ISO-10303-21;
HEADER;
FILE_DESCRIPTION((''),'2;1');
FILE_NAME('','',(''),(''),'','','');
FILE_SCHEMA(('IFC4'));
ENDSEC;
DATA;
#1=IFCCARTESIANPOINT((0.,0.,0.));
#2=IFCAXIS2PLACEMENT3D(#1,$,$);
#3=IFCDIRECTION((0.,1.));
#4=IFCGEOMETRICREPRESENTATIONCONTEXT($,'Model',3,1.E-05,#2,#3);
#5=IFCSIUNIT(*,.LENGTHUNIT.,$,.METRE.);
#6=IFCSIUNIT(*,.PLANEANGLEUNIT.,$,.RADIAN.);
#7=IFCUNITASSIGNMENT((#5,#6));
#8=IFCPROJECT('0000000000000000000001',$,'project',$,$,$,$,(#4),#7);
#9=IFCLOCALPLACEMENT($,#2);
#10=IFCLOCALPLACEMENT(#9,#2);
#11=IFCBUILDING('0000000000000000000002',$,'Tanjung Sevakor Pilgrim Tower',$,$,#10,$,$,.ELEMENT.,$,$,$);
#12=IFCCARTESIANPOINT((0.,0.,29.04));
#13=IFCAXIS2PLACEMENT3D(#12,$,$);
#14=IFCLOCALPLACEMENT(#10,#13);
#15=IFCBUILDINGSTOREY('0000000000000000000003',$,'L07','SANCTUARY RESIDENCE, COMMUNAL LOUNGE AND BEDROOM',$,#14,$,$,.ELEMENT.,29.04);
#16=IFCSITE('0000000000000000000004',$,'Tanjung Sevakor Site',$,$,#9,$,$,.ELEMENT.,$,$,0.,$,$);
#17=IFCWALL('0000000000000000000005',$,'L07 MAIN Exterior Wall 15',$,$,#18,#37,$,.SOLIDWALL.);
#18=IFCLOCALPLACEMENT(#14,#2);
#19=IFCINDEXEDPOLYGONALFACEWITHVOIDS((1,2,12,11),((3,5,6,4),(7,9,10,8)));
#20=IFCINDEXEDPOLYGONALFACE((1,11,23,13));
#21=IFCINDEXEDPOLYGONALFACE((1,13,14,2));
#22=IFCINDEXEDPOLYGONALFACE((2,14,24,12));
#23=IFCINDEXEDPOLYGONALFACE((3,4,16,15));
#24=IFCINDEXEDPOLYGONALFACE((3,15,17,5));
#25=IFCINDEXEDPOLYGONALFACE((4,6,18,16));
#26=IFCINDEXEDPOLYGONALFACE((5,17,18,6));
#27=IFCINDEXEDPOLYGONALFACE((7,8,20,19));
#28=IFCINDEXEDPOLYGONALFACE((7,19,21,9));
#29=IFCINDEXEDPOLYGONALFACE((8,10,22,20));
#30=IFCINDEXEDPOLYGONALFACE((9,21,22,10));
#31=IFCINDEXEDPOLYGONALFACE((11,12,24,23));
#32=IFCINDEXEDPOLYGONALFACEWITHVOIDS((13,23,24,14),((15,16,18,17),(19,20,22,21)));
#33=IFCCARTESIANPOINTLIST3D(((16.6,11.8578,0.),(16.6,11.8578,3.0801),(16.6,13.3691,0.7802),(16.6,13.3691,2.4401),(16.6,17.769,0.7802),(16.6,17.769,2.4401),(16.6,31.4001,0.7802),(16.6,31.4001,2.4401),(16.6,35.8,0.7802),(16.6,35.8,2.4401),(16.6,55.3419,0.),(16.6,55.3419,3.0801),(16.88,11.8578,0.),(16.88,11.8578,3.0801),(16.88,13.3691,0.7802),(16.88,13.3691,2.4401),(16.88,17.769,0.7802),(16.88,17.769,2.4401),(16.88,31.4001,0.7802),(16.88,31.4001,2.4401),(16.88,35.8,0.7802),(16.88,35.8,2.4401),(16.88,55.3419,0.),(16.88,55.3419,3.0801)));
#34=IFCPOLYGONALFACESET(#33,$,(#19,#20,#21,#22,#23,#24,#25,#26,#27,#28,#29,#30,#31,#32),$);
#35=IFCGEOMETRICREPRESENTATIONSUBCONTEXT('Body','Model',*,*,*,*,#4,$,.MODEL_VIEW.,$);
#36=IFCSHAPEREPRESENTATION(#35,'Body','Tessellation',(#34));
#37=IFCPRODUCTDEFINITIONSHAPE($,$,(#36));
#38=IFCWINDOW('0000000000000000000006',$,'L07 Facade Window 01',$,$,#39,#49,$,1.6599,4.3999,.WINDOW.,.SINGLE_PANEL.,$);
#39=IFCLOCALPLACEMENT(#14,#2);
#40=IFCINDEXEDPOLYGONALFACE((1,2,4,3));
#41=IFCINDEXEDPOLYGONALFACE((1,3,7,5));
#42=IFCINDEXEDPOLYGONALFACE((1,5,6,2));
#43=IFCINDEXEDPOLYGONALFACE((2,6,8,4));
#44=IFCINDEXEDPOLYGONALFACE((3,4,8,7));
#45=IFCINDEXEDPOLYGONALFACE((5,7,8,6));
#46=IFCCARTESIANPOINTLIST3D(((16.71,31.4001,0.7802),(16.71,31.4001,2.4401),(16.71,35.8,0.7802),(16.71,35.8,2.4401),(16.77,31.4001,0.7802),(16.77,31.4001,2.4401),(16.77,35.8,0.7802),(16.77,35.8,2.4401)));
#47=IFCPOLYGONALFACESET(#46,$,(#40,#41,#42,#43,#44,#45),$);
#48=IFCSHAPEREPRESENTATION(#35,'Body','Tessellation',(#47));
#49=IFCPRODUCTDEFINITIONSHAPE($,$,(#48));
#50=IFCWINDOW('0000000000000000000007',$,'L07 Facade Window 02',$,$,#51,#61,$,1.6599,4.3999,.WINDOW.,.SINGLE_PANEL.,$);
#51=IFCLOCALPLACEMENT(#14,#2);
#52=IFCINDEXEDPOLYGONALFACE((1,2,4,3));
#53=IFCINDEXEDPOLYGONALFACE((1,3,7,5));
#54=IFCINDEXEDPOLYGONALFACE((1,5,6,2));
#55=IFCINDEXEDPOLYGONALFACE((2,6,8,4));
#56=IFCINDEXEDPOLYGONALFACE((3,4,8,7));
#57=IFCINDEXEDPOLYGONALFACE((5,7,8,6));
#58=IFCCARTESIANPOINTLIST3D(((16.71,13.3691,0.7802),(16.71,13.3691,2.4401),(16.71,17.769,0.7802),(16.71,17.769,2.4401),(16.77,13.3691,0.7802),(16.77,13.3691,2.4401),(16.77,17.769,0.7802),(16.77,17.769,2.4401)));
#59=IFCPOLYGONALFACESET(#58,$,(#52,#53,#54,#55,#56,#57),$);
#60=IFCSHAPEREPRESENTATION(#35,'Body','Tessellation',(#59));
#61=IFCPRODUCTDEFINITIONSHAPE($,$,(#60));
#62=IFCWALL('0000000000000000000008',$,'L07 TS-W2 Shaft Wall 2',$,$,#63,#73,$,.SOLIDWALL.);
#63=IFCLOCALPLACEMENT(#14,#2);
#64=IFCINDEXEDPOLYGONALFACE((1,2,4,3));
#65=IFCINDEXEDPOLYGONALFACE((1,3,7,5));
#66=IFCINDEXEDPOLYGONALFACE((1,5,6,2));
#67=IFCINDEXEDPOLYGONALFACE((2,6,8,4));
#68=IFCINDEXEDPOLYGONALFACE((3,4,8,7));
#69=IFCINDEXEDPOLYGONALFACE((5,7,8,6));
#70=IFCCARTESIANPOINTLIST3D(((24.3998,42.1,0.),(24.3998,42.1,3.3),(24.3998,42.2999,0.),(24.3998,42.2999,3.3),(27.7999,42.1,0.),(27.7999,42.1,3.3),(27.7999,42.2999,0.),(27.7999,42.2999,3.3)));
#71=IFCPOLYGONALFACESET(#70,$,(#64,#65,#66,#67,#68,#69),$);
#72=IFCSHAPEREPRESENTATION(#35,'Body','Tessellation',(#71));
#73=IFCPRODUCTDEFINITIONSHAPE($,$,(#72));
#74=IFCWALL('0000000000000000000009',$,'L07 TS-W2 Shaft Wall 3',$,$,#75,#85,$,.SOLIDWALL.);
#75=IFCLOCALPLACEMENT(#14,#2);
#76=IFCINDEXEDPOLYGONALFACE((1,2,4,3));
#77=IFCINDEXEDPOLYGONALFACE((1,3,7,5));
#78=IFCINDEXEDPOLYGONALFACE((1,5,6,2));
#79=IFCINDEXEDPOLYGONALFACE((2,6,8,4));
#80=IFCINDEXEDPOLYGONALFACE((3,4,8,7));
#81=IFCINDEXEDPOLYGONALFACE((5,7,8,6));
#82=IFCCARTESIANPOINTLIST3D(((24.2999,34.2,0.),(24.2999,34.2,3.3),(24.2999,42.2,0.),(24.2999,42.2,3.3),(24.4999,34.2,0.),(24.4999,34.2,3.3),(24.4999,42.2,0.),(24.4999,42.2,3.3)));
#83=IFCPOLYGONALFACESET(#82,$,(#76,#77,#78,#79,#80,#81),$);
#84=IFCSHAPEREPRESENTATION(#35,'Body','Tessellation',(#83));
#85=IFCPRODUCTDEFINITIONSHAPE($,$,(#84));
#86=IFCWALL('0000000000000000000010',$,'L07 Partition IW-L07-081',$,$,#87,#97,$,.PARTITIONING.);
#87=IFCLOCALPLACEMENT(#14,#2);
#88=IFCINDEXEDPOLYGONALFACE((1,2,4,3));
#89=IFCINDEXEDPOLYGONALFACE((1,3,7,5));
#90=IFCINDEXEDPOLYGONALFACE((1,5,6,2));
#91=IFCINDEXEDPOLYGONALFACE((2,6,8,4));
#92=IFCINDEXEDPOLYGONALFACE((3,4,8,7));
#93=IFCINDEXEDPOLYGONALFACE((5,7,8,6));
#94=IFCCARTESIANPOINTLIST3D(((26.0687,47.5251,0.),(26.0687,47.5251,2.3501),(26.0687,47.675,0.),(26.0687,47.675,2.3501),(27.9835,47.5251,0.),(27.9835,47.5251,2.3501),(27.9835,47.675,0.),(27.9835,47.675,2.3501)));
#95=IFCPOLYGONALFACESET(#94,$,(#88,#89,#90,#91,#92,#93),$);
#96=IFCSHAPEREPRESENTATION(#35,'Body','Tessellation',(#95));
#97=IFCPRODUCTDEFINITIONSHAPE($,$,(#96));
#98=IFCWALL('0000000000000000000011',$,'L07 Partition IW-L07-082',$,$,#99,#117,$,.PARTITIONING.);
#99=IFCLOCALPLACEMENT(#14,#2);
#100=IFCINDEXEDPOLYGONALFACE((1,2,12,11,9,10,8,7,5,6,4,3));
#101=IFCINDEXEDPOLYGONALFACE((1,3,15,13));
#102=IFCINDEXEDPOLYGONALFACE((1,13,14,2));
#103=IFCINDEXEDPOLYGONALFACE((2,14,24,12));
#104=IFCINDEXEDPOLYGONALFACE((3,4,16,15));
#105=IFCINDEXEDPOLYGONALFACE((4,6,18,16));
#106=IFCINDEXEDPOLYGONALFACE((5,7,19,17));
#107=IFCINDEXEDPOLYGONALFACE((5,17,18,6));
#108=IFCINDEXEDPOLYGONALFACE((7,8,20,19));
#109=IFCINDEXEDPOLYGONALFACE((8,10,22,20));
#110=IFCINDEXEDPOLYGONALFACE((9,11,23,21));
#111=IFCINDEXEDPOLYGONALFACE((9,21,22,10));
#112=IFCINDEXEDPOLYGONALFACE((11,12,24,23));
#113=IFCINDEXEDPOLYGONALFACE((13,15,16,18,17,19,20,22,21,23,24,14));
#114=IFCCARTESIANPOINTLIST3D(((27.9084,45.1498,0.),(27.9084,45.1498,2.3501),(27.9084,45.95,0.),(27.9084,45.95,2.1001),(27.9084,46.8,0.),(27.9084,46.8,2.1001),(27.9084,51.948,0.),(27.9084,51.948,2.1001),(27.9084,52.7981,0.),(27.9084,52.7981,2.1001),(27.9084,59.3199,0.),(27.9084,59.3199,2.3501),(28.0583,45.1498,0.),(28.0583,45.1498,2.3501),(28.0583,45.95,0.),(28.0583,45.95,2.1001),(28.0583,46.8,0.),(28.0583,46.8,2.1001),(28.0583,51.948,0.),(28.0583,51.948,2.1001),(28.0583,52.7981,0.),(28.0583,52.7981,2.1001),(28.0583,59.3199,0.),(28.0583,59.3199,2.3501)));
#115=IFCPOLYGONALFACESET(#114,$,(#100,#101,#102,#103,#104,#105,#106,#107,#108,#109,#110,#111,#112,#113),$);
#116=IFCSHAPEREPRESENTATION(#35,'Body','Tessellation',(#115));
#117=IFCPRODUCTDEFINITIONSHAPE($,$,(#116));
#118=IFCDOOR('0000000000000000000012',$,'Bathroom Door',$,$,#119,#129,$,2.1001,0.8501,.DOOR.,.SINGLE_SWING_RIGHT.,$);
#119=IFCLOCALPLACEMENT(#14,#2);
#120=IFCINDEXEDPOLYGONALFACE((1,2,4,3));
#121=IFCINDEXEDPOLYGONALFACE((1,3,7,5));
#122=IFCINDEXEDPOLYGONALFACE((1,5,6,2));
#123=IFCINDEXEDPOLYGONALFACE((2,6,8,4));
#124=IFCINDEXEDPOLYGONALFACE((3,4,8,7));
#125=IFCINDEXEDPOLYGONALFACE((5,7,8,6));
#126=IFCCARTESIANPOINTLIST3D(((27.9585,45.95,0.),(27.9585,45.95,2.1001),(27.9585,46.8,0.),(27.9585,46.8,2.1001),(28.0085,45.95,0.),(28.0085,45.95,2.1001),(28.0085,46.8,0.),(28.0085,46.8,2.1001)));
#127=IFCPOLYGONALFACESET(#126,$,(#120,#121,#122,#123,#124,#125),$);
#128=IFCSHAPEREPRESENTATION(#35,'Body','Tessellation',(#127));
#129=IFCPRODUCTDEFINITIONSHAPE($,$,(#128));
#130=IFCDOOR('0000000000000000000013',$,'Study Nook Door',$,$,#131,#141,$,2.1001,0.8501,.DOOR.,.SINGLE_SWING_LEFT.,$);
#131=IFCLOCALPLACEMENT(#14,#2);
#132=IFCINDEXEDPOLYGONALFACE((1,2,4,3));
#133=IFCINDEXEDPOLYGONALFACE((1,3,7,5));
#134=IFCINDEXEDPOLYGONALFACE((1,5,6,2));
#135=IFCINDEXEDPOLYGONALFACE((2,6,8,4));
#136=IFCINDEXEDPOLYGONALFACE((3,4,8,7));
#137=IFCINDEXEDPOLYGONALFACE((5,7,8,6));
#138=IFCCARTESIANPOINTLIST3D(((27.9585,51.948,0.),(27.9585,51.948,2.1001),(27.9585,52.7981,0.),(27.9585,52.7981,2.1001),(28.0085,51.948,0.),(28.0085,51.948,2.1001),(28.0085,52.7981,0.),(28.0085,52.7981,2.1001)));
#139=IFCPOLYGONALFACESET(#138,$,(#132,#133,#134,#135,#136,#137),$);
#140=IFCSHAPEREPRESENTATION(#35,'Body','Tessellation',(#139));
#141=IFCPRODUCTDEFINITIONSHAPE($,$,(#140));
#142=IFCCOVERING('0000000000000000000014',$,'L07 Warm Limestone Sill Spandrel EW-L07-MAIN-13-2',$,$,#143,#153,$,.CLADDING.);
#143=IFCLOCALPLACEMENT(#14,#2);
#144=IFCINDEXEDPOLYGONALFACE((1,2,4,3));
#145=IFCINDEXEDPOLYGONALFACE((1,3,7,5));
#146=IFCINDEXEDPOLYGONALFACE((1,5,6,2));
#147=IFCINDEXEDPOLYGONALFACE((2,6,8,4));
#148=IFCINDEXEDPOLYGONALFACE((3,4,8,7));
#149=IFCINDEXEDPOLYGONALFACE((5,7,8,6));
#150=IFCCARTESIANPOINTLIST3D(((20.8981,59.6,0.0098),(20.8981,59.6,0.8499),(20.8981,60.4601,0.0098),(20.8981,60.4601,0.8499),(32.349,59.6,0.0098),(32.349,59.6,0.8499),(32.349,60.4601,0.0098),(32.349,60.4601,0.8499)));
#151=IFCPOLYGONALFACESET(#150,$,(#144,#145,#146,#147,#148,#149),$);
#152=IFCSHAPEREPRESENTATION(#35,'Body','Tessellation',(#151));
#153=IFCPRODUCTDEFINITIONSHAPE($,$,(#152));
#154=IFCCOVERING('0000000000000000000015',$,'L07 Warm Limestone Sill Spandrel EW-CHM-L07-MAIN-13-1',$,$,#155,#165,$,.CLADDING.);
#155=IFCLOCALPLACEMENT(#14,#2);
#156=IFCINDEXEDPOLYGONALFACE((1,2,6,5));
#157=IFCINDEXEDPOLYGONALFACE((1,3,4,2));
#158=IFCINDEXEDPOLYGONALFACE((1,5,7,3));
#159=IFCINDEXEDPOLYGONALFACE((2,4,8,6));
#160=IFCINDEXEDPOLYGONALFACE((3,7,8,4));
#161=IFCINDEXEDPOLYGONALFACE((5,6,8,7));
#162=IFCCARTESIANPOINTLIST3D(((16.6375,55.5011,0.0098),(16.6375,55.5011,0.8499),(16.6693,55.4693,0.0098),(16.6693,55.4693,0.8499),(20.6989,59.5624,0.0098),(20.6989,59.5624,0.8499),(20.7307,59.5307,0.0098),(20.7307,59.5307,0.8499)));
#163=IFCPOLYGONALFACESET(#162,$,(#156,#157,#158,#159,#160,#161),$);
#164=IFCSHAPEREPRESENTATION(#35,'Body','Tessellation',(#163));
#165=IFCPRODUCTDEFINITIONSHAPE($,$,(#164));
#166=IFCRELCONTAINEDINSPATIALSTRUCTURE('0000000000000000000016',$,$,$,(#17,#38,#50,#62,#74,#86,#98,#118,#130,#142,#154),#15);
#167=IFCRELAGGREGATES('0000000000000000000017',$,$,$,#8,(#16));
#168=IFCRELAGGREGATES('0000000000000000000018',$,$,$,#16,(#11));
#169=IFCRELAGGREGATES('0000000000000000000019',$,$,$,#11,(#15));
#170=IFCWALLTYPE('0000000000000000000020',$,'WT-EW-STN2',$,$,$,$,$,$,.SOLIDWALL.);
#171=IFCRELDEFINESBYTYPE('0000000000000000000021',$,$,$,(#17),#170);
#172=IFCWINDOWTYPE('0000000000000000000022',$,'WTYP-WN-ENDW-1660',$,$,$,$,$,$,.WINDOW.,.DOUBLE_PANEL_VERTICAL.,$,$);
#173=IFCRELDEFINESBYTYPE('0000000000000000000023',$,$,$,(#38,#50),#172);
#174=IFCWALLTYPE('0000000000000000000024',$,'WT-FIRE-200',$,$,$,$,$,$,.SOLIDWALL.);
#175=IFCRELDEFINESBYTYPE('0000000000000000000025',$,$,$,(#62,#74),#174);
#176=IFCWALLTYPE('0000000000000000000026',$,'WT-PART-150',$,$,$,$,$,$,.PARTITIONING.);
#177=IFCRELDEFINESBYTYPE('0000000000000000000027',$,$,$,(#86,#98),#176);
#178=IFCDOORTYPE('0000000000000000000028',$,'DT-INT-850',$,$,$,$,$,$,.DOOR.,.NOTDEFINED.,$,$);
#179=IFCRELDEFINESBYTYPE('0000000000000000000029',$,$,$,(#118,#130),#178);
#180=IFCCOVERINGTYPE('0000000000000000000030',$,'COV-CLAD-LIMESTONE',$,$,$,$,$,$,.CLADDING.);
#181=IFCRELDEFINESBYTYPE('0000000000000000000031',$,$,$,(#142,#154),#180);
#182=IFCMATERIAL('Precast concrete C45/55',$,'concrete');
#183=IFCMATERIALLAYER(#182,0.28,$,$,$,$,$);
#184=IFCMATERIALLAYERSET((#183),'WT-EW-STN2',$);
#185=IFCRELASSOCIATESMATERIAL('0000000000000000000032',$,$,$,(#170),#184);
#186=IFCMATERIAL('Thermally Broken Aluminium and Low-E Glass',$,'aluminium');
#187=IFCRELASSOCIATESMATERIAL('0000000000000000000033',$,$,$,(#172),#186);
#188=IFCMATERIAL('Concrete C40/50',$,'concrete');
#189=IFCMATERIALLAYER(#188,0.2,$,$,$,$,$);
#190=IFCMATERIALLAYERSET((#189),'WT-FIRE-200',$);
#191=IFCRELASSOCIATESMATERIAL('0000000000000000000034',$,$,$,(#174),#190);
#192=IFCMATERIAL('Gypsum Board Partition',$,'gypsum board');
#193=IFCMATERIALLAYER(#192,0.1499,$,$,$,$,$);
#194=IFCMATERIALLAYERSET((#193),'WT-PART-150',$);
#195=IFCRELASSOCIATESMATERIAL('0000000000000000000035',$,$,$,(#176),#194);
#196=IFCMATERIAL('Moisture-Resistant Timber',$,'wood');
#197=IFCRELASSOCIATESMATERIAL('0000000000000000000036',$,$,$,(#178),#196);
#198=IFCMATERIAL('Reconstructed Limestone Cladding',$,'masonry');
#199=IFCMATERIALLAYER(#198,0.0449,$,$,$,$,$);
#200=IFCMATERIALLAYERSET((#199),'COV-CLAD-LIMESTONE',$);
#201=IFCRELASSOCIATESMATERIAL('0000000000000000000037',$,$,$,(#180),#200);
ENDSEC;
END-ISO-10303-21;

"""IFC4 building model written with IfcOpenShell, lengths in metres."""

from ifc_helpers import new_model, si_unit, direction, frame, frame_2d, origin, origin_2d, place, context, subcontext, project, spatial, rectangle, extrude, material, layer, layer_set, type_object, element, fill, save


model = new_model("IFC4")

# Units and contexts
model_context = context("Model", 3, precision=1e-05, world=origin(), true_north=direction((0.0, 1.0)))
body_context = subcontext(model_context, "Body", "Model", "MODEL_VIEW")
ifc_project = project(units=[si_unit("LENGTHUNIT", "METRE"), si_unit("PLANEANGLEUNIT", "RADIAN")], contexts=[model_context])

# Site, building, storey
site_placement = place(None, origin())
site = spatial("IfcSite", under=ifc_project, at=site_placement, Name="Tanjung Sevakor Site", CompositionType="ELEMENT", RefElevation=0.0)
building_placement = place(site_placement, origin())
building = spatial("IfcBuilding", under=site, at=building_placement, Name="Tanjung Sevakor Pilgrim Tower", CompositionType="ELEMENT")
storey_placement = place(building_placement, frame((0.0, 0.0, 29.04)))
storey = spatial("IfcBuildingStorey", under=building, at=storey_placement, Name="L07", Description="SANCTUARY RESIDENCE, COMMUNAL LOUNGE AND BEDROOM", CompositionType="ELEMENT", Elevation=29.04)

# Shared definitions
ifc_material_1 = material(Name="Precast concrete C45/55", Category="concrete")
ifc_layer_1 = layer(ifc_material_1, 0.28)
ifc_layer_set_1 = layer_set([ifc_layer_1], Name="WT-EW-STN2")
wall_type_1 = type_object("IfcWallType", Name="WT-EW-STN2", PredefinedType="SOLIDWALL", material=ifc_layer_set_1)

# Wall, openings, windows
wall_1_placement = place(storey_placement, frame((16.74, 55.342, 0.0), z_axis=(0.0, 0.0, 1.0), x_axis=(0.0, -1.0, 0.0)))
wall_1 = element("IfcWall", 1, at=wall_1_placement, inside=storey, type_object=wall_type_1, Name="L07 MAIN Exterior Wall 15", PredefinedType="SOLIDWALL", context=body_context, shape_type="SweptSolid", body=[
    extrude(rectangle(XDim=43.4841, YDim=0.28, at=frame_2d((21.7422, 0.0))), origin(), (0.0, 0.0, 1.0), 3.0801),
])
opening_1_placement = place(wall_1_placement, frame((19.542, 0.0, 0.78)))
opening_1 = element("IfcOpeningElement", 2, at=opening_1_placement, cuts=wall_1, PredefinedType="OPENING", context=body_context, shape_type="SweptSolid", body=[
    extrude(rectangle(XDim=4.3999, YDim=1.6599, at=frame_2d((2.2, 0.8301))), frame((0.0, 0.1499, 0.0), z_axis=(0.0, -1.0, 0.0), x_axis=(1.0, 0.0, 0.0)), (0.0, 0.0, 1.0), 0.3),
])
opening_2_placement = place(wall_1_placement, frame((37.573, 0.0, 0.78)))
opening_2 = element("IfcOpeningElement", 3, at=opening_2_placement, cuts=wall_1, PredefinedType="OPENING", context=body_context, shape_type="SweptSolid", body=[
    extrude(rectangle(XDim=4.3999, YDim=1.6599, at=frame_2d((2.2, 0.8301))), frame((0.0, 0.1499, 0.0), z_axis=(0.0, -1.0, 0.0), x_axis=(1.0, 0.0, 0.0)), (0.0, 0.0, 1.0), 0.3),
])
ifc_material_2 = material(Name="Thermally Broken Aluminium and Low-E Glass", Category="aluminium")
window_type_1 = type_object("IfcWindowType", Name="WTYP-WN-ENDW-1660", PartitioningType="DOUBLE_PANEL_VERTICAL", PredefinedType="WINDOW", material=ifc_material_2)
window_1_placement = place(opening_1_placement, origin())
window_1 = element("IfcWindow", 4, at=window_1_placement, inside=storey, type_object=window_type_1, Name="L07 Facade Window 01", OverallHeight=1.6599, OverallWidth=4.3999, PartitioningType="SINGLE_PANEL", PredefinedType="WINDOW", context=body_context, shape_type="SweptSolid", body=[
    extrude(rectangle(XDim=4.3999, YDim=1.6599, at=frame_2d((2.2, 0.8301))), frame((0.0, 0.03, 0.0), z_axis=(0.0, -1.0, 0.0), x_axis=(1.0, 0.0, 0.0)), (0.0, 0.0, 1.0), 0.0601),
])
fill(opening_1, window_1)
window_2_placement = place(opening_2_placement, origin())
window_2 = element("IfcWindow", 5, at=window_2_placement, inside=storey, type_object=window_type_1, Name="L07 Facade Window 02", OverallHeight=1.6599, OverallWidth=4.3999, PartitioningType="SINGLE_PANEL", PredefinedType="WINDOW", context=body_context, shape_type="SweptSolid", body=[
    extrude(rectangle(XDim=4.3999, YDim=1.6599, at=frame_2d((2.2, 0.8301))), frame((0.0, 0.03, 0.0), z_axis=(0.0, -1.0, 0.0), x_axis=(1.0, 0.0, 0.0)), (0.0, 0.0, 1.0), 0.0601),
])
fill(opening_2, window_2)

# Walls
ifc_material_3 = material(Name="Concrete C40/50", Category="concrete")
ifc_layer_2 = layer(ifc_material_3, 0.2)
ifc_layer_set_2 = layer_set([ifc_layer_2], Name="WT-FIRE-200")
wall_type_2 = type_object("IfcWallType", Name="WT-FIRE-200", PredefinedType="SOLIDWALL", material=ifc_layer_set_2)
wall_2_placement = place(storey_placement, frame((27.8, 42.2, 0.0), z_axis=(0.0, 0.0, 1.0), x_axis=(-1.0, 0.0, 0.0)))
element("IfcWall", 6, at=wall_2_placement, inside=storey, type_object=wall_type_2, Name="L07 TS-W2 Shaft Wall 2", PredefinedType="SOLIDWALL", context=body_context, shape_type="SweptSolid", body=[
    extrude(rectangle(XDim=3.4001, YDim=0.2, at=frame_2d((1.7002, 0.0))), origin(), (0.0, 0.0, 1.0), 3.3),
])
wall_3_placement = place(storey_placement, frame((24.3999, 42.2, 0.0), z_axis=(0.0, 0.0, 1.0), x_axis=(0.0, -1.0, 0.0)))
element("IfcWall", 7, at=wall_3_placement, inside=storey, type_object=wall_type_2, Name="L07 TS-W2 Shaft Wall 3", PredefinedType="SOLIDWALL", context=body_context, shape_type="SweptSolid", body=[
    extrude(rectangle(XDim=8.0, YDim=0.2, at=frame_2d((4.0, 0.0))), origin(), (0.0, 0.0, 1.0), 3.3),
])
ifc_material_4 = material(Name="Gypsum Board Partition", Category="gypsum board")
ifc_layer_3 = layer(ifc_material_4, 0.1499)
ifc_layer_set_3 = layer_set([ifc_layer_3], Name="WT-PART-150")
wall_type_3 = type_object("IfcWallType", Name="WT-PART-150", PredefinedType="PARTITIONING", material=ifc_layer_set_3)
wall_4_placement = place(storey_placement, frame((26.0686, 47.6001, 0.0), z_axis=(0.0, 0.0, 1.0), x_axis=(1.0, 0.0, 0.0)))
element("IfcWall", 8, at=wall_4_placement, inside=storey, type_object=wall_type_3, Name="L07 Partition IW-L07-081", PredefinedType="PARTITIONING", context=body_context, shape_type="SweptSolid", body=[
    extrude(rectangle(XDim=1.9148, YDim=0.1499, at=frame_2d((0.9575, 0.0))), origin(), (0.0, 0.0, 1.0), 2.3501),
])

# Wall, openings, doors
wall_5_placement = place(storey_placement, frame((27.9834, 45.1499, 0.0), z_axis=(0.0, 0.0, 1.0), x_axis=(0.0, 1.0, 0.0)))
wall_5 = element("IfcWall", 9, at=wall_5_placement, inside=storey, type_object=wall_type_3, Name="L07 Partition IW-L07-082", PredefinedType="PARTITIONING", context=body_context, shape_type="SweptSolid", body=[
    extrude(rectangle(XDim=14.1702, YDim=0.1499, at=frame_2d((7.085, 0.0))), origin(), (0.0, 0.0, 1.0), 2.3501),
])
opening_3_placement = place(wall_5_placement, frame((0.8, 0.0, 0.0)))
opening_3 = element("IfcOpeningElement", 10, at=opening_3_placement, cuts=wall_5, PredefinedType="OPENING", context=body_context, shape_type="SweptSolid", body=[
    extrude(rectangle(XDim=0.8501, YDim=2.1001, at=frame_2d((0.425, 1.05))), frame((0.0, 0.085, 0.0), z_axis=(0.0, -1.0, 0.0), x_axis=(1.0, 0.0, 0.0)), (0.0, 0.0, 1.0), 0.1699),
])
opening_4_placement = place(wall_5_placement, frame((6.7981, 0.0, 0.0)))
opening_4 = element("IfcOpeningElement", 11, at=opening_4_placement, cuts=wall_5, PredefinedType="OPENING", context=body_context, shape_type="SweptSolid", body=[
    extrude(rectangle(XDim=0.8501, YDim=2.1001, at=frame_2d((0.425, 1.05))), frame((0.0, 0.085, 0.0), z_axis=(0.0, -1.0, 0.0), x_axis=(1.0, 0.0, 0.0)), (0.0, 0.0, 1.0), 0.1699),
])
ifc_material_5 = material(Name="Moisture-Resistant Timber", Category="wood")
door_type_1 = type_object("IfcDoorType", Name="DT-INT-850", OperationType="NOTDEFINED", PredefinedType="DOOR", material=ifc_material_5)
door_1_placement = place(opening_3_placement, origin())
door_1 = element("IfcDoor", 12, at=door_1_placement, inside=storey, type_object=door_type_1, Name="Bathroom Door", OperationType="SINGLE_SWING_RIGHT", OverallHeight=2.1001, OverallWidth=0.8501, PredefinedType="DOOR", context=body_context, shape_type="SweptSolid", body=[
    extrude(rectangle(XDim=0.8501, YDim=2.1001, at=frame_2d((0.425, 1.05))), frame((0.0, 0.0249, 0.0), z_axis=(0.0, -1.0, 0.0), x_axis=(1.0, 0.0, 0.0)), (0.0, 0.0, 1.0), 0.05),
])
fill(opening_3, door_1)
door_2_placement = place(opening_4_placement, origin())
door_2 = element("IfcDoor", 13, at=door_2_placement, inside=storey, type_object=door_type_1, Name="Study Nook Door", OperationType="SINGLE_SWING_LEFT", OverallHeight=2.1001, OverallWidth=0.8501, PredefinedType="DOOR", context=body_context, shape_type="SweptSolid", body=[
    extrude(rectangle(XDim=0.8501, YDim=2.1001, at=frame_2d((0.425, 1.05))), frame((0.0, 0.0249, 0.0), z_axis=(0.0, -1.0, 0.0), x_axis=(1.0, 0.0, 0.0)), (0.0, 0.0, 1.0), 0.05),
])
fill(opening_4, door_2)

# Coverings
ifc_material_6 = material(Name="Reconstructed Limestone Cladding", Category="masonry")
ifc_layer_4 = layer(ifc_material_6, 0.0449)
ifc_layer_set_4 = layer_set([ifc_layer_4], Name="COV-CLAD-LIMESTONE")
covering_type = type_object("IfcCoveringType", Name="COV-CLAD-LIMESTONE", PredefinedType="CLADDING", material=ifc_layer_set_4)
covering_1_placement = place(storey_placement, frame((26.6235, 60.03, 0.0098), z_axis=(0.0, 0.0, 1.0), x_axis=(-1.0, 0.0, 0.0)))
element("IfcCovering", 14, at=covering_1_placement, inside=storey, type_object=covering_type, Name="L07 Warm Limestone Sill Spandrel EW-L07-MAIN-13-2", PredefinedType="CLADDING", context=body_context, shape_type="SweptSolid", body=[
    extrude(rectangle(XDim=11.4509, YDim=0.8601, at=origin_2d()), origin(), (0.0, 0.0, 1.0), 0.8401),
])
covering_2_placement = place(storey_placement, frame((18.6841, 57.5159, 0.0098), z_axis=(0.0, 0.0, 1.0), x_axis=(-0.707107, -0.707107, 0.0)))
element("IfcCovering", 15, at=covering_2_placement, inside=storey, type_object=covering_type, Name="L07 Warm Limestone Sill Spandrel EW-CHM-L07-MAIN-13-1", PredefinedType="CLADDING", context=body_context, shape_type="SweptSolid", body=[
    extrude(rectangle(XDim=5.7437, YDim=0.0449, at=origin_2d()), origin(), (0.0, 0.0, 1.0), 0.8401),
])

save(model, "model.ifc")
